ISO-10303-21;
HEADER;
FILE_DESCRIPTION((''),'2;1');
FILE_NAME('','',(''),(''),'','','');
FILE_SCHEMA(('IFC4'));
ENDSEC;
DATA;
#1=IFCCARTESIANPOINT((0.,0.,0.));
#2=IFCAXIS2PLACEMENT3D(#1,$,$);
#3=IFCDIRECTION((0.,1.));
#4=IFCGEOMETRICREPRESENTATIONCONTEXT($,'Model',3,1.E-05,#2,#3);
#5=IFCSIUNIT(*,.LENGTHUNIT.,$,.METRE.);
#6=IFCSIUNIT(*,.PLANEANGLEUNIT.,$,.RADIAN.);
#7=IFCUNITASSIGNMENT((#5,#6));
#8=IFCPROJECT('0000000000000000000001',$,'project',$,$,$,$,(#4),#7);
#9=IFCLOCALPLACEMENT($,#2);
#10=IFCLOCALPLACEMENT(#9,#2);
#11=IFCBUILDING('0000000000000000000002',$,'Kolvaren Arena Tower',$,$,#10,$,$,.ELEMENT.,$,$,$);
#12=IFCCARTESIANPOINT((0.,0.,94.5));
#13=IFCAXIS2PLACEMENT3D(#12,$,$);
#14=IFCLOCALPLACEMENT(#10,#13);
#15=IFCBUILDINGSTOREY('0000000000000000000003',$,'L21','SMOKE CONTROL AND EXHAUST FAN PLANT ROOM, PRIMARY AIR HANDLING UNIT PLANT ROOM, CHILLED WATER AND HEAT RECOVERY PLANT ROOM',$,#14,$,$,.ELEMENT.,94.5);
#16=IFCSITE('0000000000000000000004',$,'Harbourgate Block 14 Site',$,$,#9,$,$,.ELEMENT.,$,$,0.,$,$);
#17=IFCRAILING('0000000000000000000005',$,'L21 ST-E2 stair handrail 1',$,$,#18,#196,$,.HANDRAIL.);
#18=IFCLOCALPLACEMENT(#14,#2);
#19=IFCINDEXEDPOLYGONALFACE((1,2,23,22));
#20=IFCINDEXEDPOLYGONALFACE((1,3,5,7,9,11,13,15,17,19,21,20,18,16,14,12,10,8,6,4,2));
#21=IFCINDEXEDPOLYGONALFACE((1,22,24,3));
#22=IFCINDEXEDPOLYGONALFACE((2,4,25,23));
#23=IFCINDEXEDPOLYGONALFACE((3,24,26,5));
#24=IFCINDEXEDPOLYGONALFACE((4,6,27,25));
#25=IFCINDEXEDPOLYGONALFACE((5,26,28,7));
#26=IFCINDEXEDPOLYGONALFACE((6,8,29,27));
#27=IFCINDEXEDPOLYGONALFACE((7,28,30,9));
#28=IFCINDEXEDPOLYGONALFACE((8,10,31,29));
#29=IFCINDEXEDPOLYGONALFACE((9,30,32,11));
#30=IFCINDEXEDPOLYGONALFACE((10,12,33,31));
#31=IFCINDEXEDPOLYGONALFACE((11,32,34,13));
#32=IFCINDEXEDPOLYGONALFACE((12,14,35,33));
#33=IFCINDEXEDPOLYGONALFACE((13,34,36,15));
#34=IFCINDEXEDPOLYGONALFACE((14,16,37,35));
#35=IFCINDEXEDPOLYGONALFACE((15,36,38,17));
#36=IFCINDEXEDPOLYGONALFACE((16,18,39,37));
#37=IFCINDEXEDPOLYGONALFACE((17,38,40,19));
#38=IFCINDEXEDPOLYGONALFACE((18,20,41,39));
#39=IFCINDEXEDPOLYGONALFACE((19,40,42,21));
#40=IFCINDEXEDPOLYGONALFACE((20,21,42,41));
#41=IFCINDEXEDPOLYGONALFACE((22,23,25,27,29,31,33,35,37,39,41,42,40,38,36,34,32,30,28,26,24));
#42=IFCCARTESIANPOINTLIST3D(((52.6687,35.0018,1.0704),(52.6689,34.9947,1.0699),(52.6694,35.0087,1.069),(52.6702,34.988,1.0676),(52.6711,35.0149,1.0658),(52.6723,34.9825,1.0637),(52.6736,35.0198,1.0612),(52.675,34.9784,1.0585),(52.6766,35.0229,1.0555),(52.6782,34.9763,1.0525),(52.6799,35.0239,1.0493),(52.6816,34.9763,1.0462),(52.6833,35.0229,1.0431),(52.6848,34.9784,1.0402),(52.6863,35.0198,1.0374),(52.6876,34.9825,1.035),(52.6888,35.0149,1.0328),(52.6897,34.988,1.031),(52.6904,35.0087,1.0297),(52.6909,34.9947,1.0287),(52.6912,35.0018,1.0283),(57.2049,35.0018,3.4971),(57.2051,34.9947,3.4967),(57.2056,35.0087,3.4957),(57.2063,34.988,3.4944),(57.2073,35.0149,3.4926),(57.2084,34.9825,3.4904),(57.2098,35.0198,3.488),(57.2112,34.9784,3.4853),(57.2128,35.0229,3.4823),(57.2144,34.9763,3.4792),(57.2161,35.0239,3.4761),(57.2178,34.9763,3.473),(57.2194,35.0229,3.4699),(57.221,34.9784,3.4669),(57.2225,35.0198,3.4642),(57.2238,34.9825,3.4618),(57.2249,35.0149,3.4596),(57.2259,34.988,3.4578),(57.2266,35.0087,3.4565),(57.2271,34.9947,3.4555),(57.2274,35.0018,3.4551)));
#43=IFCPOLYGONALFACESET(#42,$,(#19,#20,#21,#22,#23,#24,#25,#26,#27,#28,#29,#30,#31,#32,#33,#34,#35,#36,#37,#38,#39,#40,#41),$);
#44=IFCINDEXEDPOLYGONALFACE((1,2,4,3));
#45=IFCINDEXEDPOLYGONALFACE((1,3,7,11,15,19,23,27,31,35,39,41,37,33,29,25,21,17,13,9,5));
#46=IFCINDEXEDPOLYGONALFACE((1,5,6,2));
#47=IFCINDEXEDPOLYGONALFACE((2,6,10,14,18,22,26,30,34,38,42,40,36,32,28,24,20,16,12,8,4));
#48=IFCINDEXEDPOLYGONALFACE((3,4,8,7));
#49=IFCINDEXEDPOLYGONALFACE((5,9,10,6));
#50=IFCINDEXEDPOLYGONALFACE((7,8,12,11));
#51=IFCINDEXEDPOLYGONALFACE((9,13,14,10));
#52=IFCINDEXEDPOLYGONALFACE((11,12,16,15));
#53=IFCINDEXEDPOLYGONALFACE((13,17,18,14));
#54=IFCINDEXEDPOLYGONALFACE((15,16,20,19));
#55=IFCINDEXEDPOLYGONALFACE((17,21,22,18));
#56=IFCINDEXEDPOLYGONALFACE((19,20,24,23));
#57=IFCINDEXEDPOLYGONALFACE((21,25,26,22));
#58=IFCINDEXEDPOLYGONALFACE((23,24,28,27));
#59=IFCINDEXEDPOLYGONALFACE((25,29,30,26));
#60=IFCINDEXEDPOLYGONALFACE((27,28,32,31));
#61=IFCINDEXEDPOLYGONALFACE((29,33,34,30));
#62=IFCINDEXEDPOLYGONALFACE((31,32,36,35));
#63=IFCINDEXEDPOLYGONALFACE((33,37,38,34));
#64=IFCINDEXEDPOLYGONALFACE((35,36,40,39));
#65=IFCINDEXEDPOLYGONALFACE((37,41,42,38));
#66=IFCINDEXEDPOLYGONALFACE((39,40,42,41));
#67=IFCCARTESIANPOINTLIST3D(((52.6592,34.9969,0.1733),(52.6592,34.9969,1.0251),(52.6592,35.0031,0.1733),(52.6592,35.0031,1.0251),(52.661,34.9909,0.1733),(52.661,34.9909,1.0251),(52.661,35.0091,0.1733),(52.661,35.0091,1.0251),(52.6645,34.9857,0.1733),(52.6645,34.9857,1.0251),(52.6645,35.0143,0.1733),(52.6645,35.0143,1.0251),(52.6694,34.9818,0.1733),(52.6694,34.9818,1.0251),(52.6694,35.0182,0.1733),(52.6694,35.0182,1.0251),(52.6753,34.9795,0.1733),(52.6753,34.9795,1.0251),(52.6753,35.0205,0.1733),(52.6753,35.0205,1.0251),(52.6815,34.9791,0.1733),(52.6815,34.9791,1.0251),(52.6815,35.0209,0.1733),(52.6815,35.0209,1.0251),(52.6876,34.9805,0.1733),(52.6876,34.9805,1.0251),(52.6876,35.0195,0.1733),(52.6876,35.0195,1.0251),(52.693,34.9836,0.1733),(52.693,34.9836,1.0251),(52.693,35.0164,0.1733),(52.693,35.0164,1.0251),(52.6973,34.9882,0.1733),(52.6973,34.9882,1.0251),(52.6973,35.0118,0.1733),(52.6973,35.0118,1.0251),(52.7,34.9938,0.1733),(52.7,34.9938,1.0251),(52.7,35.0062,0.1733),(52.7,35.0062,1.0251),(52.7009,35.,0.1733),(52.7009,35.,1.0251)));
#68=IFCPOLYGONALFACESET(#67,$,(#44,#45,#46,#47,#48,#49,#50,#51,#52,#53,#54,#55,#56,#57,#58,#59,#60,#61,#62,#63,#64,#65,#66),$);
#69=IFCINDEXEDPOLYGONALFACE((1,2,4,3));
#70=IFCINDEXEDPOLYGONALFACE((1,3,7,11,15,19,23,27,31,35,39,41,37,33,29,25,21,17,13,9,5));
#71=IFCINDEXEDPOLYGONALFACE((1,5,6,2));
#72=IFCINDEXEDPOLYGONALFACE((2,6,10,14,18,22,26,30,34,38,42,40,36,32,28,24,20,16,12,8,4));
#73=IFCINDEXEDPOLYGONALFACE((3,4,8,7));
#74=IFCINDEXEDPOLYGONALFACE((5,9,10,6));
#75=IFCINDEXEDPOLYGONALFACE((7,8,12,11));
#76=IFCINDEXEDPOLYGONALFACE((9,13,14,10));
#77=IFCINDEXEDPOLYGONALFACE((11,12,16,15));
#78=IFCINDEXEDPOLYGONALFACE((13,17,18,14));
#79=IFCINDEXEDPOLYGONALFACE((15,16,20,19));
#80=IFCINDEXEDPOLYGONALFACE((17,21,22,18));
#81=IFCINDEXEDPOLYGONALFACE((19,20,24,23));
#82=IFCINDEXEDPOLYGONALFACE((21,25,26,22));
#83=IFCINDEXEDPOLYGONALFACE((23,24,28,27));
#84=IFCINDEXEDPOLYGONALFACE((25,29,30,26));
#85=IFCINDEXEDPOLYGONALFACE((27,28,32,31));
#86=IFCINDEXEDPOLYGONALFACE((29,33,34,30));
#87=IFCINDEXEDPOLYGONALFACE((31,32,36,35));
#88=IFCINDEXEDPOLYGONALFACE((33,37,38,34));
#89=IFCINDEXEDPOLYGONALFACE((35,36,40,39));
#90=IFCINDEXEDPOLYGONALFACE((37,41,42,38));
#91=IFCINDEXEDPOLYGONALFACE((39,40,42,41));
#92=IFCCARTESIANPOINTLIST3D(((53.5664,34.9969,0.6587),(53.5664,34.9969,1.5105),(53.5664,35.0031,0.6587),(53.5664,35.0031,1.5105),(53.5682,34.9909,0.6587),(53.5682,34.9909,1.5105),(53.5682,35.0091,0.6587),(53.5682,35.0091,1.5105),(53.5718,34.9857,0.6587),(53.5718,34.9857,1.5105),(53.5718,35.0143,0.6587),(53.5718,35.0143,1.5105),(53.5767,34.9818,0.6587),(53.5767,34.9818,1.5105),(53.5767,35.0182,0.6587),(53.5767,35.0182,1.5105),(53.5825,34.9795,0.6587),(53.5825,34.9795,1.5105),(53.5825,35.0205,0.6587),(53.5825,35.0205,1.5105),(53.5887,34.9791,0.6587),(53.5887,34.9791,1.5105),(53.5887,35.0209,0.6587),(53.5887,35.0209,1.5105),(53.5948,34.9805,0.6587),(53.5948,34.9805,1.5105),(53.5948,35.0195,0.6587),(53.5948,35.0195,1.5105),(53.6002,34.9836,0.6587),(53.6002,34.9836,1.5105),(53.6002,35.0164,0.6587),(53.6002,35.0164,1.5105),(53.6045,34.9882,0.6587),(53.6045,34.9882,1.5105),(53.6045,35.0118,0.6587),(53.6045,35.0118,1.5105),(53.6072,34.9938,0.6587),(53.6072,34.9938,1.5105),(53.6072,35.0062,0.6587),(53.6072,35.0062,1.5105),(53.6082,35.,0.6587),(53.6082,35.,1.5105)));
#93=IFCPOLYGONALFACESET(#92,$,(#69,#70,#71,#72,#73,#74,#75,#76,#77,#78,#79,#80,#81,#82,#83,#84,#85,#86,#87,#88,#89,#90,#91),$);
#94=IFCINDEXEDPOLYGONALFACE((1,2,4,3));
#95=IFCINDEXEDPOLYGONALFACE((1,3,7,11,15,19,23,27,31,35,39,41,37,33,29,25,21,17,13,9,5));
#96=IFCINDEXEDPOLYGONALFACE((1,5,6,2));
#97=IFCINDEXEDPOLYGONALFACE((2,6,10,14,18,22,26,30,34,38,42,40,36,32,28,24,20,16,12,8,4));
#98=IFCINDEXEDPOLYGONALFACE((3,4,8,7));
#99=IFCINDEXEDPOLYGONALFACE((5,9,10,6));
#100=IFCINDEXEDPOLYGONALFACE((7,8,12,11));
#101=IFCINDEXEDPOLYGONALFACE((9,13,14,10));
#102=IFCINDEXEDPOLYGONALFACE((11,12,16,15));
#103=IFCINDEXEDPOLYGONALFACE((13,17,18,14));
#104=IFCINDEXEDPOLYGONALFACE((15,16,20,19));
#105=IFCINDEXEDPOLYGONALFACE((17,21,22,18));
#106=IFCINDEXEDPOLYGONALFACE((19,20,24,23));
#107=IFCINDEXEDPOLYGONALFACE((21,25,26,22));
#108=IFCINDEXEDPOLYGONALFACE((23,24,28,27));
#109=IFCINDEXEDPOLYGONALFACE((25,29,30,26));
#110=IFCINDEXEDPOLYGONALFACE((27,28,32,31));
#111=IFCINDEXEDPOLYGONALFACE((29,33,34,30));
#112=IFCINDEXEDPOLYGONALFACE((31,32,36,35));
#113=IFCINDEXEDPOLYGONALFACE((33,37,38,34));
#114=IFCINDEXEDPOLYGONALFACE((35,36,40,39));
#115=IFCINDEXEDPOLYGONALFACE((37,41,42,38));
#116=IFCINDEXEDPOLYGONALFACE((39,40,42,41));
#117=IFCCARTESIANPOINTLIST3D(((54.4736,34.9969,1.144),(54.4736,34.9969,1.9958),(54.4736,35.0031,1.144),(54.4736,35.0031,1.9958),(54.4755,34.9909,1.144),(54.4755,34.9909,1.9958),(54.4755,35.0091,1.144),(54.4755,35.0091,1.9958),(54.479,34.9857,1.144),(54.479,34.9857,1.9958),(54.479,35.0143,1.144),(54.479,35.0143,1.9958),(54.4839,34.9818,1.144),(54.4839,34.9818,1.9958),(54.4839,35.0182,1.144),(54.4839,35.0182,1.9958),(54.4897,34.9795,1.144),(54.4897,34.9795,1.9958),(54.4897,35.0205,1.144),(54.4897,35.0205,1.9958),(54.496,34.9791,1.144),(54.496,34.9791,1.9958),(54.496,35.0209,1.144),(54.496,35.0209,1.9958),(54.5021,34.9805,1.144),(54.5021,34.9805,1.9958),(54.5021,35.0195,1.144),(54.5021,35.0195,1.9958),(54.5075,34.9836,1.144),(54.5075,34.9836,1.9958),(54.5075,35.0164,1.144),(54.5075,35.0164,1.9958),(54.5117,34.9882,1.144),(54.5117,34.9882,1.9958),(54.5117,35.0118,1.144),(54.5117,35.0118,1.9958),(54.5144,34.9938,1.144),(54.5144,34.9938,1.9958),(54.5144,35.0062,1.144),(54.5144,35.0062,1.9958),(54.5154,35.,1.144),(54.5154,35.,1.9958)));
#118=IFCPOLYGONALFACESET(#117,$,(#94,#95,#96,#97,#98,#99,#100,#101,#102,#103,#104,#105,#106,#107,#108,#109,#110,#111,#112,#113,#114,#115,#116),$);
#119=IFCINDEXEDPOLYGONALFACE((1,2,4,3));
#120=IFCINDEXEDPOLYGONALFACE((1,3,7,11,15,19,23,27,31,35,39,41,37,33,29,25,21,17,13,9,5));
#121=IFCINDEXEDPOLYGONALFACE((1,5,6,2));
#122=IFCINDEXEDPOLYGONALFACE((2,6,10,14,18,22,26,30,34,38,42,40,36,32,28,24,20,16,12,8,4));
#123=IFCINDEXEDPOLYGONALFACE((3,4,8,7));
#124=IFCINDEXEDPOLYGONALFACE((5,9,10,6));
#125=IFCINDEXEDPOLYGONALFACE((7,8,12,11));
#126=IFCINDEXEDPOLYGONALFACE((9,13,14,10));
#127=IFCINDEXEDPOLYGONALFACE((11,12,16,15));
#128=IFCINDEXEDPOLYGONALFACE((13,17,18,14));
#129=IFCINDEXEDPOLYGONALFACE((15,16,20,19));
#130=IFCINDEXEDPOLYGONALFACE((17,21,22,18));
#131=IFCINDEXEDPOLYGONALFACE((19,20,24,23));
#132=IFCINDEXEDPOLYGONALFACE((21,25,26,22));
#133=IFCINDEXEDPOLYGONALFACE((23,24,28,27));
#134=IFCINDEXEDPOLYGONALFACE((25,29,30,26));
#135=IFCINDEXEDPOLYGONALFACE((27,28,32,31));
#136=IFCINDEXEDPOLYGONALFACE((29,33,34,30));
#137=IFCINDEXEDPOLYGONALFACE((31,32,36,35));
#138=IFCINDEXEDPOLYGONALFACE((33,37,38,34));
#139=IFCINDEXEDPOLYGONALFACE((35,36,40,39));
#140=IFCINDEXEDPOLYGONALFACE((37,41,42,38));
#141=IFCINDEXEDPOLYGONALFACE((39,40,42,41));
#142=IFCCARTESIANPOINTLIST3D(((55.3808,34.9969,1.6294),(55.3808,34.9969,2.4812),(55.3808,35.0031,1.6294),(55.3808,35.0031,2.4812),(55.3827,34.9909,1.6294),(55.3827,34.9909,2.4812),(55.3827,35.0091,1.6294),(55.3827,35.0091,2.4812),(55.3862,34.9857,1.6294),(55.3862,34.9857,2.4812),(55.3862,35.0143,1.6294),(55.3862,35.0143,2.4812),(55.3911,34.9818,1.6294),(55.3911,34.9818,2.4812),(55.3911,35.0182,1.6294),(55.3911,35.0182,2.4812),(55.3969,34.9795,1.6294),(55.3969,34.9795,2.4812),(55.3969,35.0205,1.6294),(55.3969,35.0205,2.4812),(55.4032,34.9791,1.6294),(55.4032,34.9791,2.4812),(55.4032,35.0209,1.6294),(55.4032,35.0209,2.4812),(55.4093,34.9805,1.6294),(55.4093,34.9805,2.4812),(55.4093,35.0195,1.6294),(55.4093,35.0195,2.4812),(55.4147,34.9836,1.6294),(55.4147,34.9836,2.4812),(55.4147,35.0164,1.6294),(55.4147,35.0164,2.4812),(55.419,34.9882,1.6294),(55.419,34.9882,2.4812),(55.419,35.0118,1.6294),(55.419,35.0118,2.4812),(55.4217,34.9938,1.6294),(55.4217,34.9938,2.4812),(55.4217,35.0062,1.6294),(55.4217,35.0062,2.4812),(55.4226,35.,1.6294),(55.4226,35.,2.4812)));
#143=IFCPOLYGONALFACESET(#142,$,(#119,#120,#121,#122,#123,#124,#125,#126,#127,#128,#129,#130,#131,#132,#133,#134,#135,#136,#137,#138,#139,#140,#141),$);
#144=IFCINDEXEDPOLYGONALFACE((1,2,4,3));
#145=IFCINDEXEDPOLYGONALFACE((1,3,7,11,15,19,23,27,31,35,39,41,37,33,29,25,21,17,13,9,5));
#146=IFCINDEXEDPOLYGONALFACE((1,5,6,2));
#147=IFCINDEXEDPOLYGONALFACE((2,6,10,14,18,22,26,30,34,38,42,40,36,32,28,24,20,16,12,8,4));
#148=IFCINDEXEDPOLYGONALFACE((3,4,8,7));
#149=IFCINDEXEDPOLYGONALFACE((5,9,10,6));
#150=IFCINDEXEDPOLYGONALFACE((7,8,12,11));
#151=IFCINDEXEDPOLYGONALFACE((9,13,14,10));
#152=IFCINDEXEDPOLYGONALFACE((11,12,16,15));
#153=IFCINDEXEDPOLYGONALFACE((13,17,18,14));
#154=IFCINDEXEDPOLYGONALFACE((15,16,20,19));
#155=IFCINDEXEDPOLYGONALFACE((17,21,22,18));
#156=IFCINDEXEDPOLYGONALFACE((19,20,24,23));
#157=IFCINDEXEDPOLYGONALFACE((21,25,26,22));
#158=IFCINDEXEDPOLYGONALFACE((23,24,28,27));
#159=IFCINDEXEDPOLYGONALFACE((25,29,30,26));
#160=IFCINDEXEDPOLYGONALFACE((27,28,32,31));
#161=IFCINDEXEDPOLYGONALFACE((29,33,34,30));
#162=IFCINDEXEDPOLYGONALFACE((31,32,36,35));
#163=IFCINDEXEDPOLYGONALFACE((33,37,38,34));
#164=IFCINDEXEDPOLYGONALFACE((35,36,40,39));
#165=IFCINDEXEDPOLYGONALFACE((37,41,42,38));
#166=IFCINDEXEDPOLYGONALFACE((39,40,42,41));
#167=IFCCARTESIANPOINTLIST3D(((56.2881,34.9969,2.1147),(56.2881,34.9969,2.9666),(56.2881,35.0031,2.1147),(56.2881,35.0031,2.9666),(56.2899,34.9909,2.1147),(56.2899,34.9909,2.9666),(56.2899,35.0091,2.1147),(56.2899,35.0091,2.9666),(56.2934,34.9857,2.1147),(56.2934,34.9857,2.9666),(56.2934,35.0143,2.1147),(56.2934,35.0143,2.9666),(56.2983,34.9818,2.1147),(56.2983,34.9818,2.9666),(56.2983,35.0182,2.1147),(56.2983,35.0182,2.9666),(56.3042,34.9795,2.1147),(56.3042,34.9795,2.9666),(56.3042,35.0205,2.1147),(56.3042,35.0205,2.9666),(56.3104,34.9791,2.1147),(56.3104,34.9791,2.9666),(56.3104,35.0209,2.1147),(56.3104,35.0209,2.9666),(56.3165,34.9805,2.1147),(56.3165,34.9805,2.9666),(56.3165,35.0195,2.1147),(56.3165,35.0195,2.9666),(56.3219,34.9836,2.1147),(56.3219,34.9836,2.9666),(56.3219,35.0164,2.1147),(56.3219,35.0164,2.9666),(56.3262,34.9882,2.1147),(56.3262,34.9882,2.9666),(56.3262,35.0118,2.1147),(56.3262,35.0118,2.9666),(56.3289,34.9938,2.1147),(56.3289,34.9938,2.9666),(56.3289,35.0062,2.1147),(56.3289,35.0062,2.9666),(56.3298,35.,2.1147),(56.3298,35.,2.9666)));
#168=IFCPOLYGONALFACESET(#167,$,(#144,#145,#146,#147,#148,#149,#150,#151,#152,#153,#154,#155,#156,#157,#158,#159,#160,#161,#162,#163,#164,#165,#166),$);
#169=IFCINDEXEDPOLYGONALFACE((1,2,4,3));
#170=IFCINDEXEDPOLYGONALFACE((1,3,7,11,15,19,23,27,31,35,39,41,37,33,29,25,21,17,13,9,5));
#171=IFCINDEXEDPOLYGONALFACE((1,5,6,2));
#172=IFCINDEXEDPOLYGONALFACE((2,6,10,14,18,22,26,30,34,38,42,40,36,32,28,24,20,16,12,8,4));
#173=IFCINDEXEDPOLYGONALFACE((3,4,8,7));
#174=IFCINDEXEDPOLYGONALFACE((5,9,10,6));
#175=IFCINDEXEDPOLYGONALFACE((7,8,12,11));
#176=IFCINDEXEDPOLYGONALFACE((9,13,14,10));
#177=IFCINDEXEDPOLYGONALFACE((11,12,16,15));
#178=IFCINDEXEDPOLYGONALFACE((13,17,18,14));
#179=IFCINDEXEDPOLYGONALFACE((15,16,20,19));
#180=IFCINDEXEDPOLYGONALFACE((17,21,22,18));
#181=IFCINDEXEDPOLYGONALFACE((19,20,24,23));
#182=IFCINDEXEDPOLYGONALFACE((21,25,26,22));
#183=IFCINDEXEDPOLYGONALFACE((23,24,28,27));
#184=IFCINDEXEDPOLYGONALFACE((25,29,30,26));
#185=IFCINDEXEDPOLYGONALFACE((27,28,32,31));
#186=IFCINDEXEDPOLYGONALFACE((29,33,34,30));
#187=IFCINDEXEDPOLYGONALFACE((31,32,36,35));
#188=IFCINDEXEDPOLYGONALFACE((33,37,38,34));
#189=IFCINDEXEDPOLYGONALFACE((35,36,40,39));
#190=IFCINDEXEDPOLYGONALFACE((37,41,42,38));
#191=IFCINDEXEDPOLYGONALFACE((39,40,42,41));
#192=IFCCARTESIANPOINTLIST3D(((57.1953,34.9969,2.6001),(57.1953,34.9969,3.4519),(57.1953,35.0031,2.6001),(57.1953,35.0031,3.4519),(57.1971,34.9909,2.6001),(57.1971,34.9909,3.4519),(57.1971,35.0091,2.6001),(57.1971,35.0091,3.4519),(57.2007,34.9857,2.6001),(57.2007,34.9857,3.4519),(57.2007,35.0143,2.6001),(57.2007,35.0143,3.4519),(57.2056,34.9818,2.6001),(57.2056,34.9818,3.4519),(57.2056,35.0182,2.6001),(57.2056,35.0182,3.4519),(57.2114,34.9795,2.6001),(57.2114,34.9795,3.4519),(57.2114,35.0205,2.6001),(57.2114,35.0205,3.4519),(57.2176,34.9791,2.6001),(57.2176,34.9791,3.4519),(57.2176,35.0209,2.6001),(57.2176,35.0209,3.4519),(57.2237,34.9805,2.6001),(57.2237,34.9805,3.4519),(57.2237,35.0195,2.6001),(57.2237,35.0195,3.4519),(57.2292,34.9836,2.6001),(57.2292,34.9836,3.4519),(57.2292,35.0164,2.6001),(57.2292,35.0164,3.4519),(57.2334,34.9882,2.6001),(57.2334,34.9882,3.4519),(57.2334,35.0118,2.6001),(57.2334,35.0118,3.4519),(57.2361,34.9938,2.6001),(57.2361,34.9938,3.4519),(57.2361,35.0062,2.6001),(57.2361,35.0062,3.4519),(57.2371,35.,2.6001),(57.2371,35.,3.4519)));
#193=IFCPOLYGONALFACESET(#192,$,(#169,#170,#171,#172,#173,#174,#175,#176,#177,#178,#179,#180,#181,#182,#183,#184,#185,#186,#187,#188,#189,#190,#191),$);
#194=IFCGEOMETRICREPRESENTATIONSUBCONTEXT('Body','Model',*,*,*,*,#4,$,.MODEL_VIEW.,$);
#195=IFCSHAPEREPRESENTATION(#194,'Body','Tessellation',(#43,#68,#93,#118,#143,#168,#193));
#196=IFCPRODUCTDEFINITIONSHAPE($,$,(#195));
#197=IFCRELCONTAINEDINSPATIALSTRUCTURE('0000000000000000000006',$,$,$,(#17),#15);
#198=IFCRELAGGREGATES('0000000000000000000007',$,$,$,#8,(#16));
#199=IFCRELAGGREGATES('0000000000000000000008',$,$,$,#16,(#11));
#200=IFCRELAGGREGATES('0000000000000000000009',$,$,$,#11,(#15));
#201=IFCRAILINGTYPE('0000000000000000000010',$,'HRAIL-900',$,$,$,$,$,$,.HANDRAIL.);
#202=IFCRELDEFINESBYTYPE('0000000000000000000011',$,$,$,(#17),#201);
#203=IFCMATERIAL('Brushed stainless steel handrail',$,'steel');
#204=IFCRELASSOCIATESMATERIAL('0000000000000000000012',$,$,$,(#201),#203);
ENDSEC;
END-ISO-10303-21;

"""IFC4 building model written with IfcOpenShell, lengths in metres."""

from ifc_helpers import new_model, si_unit, direction, frame, origin, origin_2d, place, context, subcontext, project, spatial, circle, extrude, material, type_object, element, save


model = new_model("IFC4")

# Units and contexts
model_context = context("Model", 3, precision=1e-05, world=origin(), true_north=direction((0.0, 1.0)))
body_context = subcontext(model_context, "Body", "Model", "MODEL_VIEW")
ifc_project = project(units=[si_unit("LENGTHUNIT", "METRE"), si_unit("PLANEANGLEUNIT", "RADIAN")], contexts=[model_context])

# Site, building, storey
site_placement = place(None, origin())
site = spatial("IfcSite", under=ifc_project, at=site_placement, Name="Harbourgate Block 14 Site", CompositionType="ELEMENT", RefElevation=0.0)
building_placement = place(site_placement, origin())
building = spatial("IfcBuilding", under=site, at=building_placement, Name="Kolvaren Arena Tower", CompositionType="ELEMENT")
storey_placement = place(building_placement, frame((0.0, 0.0, 94.5)))
storey = spatial("IfcBuildingStorey", under=building, at=storey_placement, Name="L21", Description="SMOKE CONTROL AND EXHAUST FAN PLANT ROOM, PRIMARY AIR HANDLING UNIT PLANT ROOM, CHILLED WATER AND HEAT RECOVERY PLANT ROOM", CompositionType="ELEMENT", Elevation=94.5)

# Railing
ifc_material_1 = material(Name="Brushed stainless steel handrail", Category="steel")
railing_type_1 = type_object("IfcRailingType", Name="HRAIL-900", PredefinedType="HANDRAIL", material=ifc_material_1)
railing_1_placement = place(storey_placement, frame((52.6799, 35.0, 0.1733)))
element("IfcRailing", 1, at=railing_1_placement, inside=storey, type_object=railing_type_1, Name="L21 ST-E2 stair handrail 1", PredefinedType="HANDRAIL", context=body_context, shape_type="SweptSolid", body=[
    extrude(circle(Radius=0.0239, at=origin_2d()), frame((0.0, 0.0, 0.876), z_axis=(0.881748, 0.0, 0.471721), x_axis=(0.0, 1.0, 0.0)), (0.0, 0.0, 1.0), 5.1445),
    extrude(circle(Radius=0.021, at=origin_2d()), origin(), (0.0, 0.0, 1.0), 0.8518),
    extrude(circle(Radius=0.021, at=origin_2d()), frame((0.9072, 0.0, 0.4854)), (0.0, 0.0, 1.0), 0.8518),
    extrude(circle(Radius=0.021, at=origin_2d()), frame((1.8145, 0.0, 0.9707)), (0.0, 0.0, 1.0), 0.8518),
    extrude(circle(Radius=0.021, at=origin_2d()), frame((2.7217, 0.0, 1.4561)), (0.0, 0.0, 1.0), 0.8518),
    extrude(circle(Radius=0.021, at=origin_2d()), frame((3.6289, 0.0, 1.9414)), (0.0, 0.0, 1.0), 0.8518),
    extrude(circle(Radius=0.021, at=origin_2d()), frame((4.5361, 0.0, 2.4268)), (0.0, 0.0, 1.0), 0.8518),
])

save(model, "model.ifc")
